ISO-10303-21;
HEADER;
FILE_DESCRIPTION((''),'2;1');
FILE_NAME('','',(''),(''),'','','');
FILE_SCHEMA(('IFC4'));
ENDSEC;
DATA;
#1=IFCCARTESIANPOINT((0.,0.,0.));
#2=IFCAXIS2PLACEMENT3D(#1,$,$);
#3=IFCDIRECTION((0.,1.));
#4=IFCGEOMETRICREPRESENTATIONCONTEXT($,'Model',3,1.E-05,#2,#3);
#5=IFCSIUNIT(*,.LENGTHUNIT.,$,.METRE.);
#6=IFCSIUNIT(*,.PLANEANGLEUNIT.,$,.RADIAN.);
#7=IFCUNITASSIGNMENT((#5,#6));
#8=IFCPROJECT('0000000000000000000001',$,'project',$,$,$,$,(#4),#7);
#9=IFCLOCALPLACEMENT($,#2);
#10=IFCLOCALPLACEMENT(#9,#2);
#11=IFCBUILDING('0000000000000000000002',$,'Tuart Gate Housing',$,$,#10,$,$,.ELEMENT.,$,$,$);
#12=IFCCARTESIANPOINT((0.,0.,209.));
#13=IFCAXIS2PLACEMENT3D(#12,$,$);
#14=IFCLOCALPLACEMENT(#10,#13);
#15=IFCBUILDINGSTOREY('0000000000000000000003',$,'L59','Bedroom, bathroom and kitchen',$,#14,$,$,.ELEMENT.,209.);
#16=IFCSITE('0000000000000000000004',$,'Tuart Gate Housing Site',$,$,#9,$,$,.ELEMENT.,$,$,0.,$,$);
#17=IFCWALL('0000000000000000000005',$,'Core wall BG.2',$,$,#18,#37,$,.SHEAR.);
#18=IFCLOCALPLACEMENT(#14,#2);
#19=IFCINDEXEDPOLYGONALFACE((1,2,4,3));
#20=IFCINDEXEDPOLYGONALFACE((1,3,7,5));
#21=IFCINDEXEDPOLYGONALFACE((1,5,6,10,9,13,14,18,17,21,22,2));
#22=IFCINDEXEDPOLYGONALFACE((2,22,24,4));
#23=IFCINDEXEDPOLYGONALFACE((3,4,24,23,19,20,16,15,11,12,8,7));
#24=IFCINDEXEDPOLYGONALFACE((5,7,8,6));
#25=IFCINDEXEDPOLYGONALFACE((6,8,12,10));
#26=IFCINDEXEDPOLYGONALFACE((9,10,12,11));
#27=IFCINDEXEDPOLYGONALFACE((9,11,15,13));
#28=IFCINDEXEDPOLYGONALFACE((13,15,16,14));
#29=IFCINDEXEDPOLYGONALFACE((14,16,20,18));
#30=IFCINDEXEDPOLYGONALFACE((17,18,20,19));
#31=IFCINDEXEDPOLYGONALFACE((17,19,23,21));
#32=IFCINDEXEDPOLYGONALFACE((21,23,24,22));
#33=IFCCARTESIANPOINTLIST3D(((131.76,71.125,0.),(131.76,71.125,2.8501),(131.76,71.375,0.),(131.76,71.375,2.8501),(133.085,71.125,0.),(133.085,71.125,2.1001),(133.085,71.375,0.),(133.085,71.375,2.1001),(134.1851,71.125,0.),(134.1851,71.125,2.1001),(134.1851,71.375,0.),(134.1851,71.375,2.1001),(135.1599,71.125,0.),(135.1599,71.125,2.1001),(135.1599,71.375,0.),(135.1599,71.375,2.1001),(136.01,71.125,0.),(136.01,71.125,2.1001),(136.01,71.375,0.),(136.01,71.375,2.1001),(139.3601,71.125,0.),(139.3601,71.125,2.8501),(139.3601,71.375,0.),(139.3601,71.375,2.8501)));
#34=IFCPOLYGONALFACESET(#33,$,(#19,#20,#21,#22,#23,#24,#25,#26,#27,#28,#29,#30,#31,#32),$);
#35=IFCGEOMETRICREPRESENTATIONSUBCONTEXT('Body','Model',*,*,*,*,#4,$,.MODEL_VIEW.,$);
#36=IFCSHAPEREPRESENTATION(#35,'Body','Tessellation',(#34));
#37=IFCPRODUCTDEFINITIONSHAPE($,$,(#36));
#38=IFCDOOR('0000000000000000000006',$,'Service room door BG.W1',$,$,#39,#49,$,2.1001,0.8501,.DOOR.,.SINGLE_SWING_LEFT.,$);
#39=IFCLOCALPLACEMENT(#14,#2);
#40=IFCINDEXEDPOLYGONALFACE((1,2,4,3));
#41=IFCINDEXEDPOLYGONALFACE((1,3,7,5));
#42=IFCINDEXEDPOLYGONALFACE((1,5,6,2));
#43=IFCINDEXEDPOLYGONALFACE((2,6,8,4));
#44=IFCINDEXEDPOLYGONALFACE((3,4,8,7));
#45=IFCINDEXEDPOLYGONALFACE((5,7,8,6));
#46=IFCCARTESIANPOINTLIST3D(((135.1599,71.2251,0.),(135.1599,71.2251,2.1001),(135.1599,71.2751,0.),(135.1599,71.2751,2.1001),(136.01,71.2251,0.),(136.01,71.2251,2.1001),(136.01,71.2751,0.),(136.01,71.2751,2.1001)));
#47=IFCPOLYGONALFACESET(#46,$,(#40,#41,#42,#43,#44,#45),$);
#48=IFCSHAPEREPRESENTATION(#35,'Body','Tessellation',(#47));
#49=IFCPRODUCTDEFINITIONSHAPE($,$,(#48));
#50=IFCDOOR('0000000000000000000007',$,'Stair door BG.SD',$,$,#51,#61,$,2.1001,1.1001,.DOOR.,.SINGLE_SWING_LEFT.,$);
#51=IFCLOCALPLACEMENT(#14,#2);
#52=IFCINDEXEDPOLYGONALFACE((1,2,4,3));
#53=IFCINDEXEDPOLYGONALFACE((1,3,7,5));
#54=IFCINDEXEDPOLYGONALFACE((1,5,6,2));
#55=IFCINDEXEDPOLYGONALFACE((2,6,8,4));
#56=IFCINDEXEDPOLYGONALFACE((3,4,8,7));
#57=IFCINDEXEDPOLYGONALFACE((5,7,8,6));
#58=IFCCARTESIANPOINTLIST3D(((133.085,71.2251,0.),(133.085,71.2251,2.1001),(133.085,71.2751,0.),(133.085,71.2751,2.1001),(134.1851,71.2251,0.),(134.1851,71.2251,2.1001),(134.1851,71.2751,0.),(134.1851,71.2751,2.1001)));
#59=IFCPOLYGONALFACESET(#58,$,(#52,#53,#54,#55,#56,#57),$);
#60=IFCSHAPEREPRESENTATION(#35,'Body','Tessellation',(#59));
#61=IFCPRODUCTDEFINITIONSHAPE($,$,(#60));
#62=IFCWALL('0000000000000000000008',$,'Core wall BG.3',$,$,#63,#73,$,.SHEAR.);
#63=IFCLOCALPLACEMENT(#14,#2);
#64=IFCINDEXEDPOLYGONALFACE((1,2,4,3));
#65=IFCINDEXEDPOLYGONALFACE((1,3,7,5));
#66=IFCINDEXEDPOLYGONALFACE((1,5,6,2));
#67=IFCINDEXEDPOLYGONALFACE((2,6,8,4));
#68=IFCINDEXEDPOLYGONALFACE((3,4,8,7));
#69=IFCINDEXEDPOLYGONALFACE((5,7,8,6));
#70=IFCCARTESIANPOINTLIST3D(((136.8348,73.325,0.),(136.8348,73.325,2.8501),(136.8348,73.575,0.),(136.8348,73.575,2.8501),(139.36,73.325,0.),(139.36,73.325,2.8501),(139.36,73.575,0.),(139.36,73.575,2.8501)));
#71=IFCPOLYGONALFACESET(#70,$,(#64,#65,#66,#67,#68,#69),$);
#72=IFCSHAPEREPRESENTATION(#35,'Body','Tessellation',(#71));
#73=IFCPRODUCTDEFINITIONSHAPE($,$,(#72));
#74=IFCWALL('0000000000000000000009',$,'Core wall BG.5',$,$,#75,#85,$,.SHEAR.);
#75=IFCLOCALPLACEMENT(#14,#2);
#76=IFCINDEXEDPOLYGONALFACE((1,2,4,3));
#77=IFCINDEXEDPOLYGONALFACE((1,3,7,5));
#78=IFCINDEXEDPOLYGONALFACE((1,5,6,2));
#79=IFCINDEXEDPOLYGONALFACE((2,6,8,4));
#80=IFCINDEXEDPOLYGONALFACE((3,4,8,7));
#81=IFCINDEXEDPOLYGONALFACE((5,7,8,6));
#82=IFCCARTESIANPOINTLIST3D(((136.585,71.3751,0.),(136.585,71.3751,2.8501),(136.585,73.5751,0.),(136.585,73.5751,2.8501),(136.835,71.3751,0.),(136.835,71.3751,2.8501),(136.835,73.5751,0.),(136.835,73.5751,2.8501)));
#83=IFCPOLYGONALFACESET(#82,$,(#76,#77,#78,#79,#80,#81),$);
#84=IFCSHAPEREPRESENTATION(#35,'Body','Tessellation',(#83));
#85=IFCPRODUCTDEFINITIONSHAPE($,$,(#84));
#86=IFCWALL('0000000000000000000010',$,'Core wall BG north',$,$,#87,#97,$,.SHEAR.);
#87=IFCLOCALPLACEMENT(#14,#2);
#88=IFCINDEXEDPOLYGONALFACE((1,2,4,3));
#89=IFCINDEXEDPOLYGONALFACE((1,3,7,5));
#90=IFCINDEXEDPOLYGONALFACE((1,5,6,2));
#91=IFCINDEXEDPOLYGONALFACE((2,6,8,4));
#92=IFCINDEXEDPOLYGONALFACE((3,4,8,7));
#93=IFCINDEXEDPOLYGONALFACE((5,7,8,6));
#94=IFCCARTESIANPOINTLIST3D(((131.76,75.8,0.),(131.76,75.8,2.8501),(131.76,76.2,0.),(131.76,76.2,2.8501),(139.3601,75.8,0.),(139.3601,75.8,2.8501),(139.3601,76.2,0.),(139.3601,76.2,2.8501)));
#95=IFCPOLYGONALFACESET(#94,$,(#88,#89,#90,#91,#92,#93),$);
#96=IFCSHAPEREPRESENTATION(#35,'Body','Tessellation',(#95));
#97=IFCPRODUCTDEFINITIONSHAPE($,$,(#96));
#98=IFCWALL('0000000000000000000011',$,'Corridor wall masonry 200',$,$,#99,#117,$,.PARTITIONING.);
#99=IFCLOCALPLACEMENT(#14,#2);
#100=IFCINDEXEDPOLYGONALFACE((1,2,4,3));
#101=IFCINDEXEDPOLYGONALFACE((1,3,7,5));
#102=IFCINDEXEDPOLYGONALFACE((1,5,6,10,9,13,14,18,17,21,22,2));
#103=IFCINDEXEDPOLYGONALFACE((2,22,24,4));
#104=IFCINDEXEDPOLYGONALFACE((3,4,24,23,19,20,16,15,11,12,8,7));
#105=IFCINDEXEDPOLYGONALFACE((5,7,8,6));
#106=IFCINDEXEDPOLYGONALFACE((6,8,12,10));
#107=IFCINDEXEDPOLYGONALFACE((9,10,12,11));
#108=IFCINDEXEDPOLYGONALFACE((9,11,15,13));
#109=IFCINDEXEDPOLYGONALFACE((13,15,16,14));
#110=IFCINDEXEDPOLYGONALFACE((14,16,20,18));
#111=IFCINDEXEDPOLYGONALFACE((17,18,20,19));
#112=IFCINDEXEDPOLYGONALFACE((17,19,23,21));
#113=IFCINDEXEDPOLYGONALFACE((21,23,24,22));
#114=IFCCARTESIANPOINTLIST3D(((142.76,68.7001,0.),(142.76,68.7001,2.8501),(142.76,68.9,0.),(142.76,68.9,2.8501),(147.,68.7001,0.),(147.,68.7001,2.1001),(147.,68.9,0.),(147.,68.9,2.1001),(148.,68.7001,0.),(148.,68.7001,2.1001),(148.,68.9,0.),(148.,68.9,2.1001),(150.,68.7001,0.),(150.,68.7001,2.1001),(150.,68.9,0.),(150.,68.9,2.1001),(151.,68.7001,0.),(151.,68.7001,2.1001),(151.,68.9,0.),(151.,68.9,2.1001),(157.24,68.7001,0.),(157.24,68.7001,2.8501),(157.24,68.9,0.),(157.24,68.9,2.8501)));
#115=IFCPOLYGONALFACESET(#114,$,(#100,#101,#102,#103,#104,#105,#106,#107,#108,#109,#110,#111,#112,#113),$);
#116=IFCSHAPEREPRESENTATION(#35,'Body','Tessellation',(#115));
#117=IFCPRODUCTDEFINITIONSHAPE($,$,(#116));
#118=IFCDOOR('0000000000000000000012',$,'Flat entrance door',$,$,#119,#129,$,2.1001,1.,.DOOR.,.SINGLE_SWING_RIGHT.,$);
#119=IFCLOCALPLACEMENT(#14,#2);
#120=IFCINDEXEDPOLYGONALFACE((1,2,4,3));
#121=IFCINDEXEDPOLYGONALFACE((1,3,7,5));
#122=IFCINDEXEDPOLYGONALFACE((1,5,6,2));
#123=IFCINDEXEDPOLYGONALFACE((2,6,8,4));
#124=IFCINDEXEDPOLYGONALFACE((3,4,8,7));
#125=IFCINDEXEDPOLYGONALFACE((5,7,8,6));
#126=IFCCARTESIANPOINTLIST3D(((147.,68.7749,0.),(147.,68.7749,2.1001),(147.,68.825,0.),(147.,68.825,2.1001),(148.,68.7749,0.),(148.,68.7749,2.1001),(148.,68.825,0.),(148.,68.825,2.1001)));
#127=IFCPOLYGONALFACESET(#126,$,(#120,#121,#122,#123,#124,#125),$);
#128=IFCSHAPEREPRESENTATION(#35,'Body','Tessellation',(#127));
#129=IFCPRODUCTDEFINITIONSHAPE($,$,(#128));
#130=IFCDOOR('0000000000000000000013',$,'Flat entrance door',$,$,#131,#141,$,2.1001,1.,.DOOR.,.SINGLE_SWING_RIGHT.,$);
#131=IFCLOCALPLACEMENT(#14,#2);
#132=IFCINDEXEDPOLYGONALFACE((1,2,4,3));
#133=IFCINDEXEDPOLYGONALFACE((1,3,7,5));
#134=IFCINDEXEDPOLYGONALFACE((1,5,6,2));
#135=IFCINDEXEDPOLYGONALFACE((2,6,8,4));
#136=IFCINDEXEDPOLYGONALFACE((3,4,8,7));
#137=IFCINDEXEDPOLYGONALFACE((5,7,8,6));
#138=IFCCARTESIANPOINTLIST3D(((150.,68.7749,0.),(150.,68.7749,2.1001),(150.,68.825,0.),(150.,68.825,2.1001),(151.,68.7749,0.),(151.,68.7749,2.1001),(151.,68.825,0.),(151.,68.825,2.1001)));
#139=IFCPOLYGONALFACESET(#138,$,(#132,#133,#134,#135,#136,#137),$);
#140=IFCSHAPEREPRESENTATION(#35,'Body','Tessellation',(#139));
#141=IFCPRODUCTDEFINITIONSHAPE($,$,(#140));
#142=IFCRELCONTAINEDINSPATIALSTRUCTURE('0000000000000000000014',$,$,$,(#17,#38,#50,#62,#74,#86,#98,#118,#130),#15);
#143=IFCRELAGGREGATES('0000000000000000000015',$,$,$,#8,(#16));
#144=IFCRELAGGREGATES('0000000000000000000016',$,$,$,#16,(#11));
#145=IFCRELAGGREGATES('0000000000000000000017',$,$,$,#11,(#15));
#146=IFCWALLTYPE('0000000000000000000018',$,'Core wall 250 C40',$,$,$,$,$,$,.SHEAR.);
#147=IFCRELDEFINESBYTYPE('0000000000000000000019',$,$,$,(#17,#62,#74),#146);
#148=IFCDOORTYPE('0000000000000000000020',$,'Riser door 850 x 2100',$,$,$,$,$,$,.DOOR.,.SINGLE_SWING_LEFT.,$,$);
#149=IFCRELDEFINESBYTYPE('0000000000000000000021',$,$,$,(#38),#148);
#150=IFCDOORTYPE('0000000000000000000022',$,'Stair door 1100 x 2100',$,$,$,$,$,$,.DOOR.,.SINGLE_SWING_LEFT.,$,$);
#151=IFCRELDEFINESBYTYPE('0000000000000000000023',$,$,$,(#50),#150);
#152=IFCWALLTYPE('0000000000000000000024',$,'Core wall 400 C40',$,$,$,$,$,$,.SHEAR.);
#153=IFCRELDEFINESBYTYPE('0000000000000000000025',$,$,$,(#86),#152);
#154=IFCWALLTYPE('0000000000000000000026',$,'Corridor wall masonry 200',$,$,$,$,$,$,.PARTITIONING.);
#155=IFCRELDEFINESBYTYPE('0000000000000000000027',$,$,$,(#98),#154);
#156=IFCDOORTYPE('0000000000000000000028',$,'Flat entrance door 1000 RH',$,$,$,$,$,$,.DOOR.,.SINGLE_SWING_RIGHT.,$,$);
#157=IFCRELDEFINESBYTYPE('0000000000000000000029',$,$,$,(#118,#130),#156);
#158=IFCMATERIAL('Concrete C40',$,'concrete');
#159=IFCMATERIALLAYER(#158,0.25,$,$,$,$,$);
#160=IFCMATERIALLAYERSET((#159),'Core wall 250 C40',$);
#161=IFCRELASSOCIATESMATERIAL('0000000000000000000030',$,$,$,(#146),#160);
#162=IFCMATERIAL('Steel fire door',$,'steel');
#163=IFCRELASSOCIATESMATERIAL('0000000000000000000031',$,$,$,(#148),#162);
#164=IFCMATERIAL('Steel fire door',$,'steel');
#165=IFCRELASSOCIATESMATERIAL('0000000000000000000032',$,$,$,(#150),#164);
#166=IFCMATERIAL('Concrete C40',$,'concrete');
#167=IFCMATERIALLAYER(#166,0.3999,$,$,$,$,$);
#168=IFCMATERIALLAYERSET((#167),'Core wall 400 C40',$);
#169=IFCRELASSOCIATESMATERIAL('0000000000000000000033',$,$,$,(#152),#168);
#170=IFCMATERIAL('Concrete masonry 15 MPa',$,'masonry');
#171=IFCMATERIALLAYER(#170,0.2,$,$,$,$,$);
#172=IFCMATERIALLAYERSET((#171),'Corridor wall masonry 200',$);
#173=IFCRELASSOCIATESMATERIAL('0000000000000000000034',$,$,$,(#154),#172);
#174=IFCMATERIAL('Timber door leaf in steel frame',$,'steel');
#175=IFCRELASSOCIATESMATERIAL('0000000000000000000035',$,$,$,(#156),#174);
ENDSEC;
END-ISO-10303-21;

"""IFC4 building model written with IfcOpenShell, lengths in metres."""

from ifc_helpers import new_model, si_unit, direction, frame, frame_2d, origin, place, context, subcontext, project, spatial, rectangle, extrude, material, layer, layer_set, type_object, element, fill, save


model = new_model("IFC4")

# Units and contexts
model_context = context("Model", 3, precision=1e-05, world=origin(), true_north=direction((0.0, 1.0)))
body_context = subcontext(model_context, "Body", "Model", "MODEL_VIEW")
ifc_project = project(units=[si_unit("LENGTHUNIT", "METRE"), si_unit("PLANEANGLEUNIT", "RADIAN")], contexts=[model_context])

# Site, building, storey
site_placement = place(None, origin())
site = spatial("IfcSite", under=ifc_project, at=site_placement, Name="Tuart Gate Housing Site", CompositionType="ELEMENT", RefElevation=0.0)
building_placement = place(site_placement, origin())
building = spatial("IfcBuilding", under=site, at=building_placement, Name="Tuart Gate Housing", CompositionType="ELEMENT")
storey_placement = place(building_placement, frame((0.0, 0.0, 209.0)))
storey = spatial("IfcBuildingStorey", under=building, at=storey_placement, Name="L59", Description="Bedroom, bathroom and kitchen", CompositionType="ELEMENT", Elevation=209.0)

# Wall, openings, doors
ifc_material_1 = material(Name="Concrete C40", Category="concrete")
ifc_layer_1 = layer(ifc_material_1, 0.25)
ifc_layer_set_1 = layer_set([ifc_layer_1], Name="Core wall 250 C40")
wall_type_1 = type_object("IfcWallType", Name="Core wall 250 C40", PredefinedType="SHEAR", material=ifc_layer_set_1)
wall_1_placement = place(storey_placement, frame((139.3601, 71.25, 0.0), z_axis=(0.0, 0.0, 1.0), x_axis=(-1.0, 0.0, 0.0)))
wall_1 = element("IfcWall", 1, at=wall_1_placement, inside=storey, type_object=wall_type_1, Name="Core wall BG.2", PredefinedType="SHEAR", context=body_context, shape_type="SweptSolid", body=[
    extrude(rectangle(XDim=7.6001, YDim=0.25, at=frame_2d((3.8, 0.0))), origin(), (0.0, 0.0, 1.0), 2.8501),
])
opening_1_placement = place(wall_1_placement, frame((5.175, 0.0, 0.0)))
opening_1 = element("IfcOpeningElement", 2, at=opening_1_placement, cuts=wall_1, PredefinedType="OPENING", context=body_context, shape_type="SweptSolid", body=[
    extrude(rectangle(XDim=1.1001, YDim=2.1001, at=frame_2d((0.55, 1.05))), frame((0.0, 0.135, 0.0), z_axis=(0.0, -1.0, 0.0), x_axis=(1.0, 0.0, 0.0)), (0.0, 0.0, 1.0), 0.27),
])
opening_2_placement = place(wall_1_placement, frame((3.3501, 0.0, 0.0)))
opening_2 = element("IfcOpeningElement", 3, at=opening_2_placement, cuts=wall_1, PredefinedType="OPENING", context=body_context, shape_type="SweptSolid", body=[
    extrude(rectangle(XDim=0.8501, YDim=2.1001, at=frame_2d((0.425, 1.05))), frame((0.0, 0.135, 0.0), z_axis=(0.0, -1.0, 0.0), x_axis=(1.0, 0.0, 0.0)), (0.0, 0.0, 1.0), 0.27),
])
ifc_material_2 = material(Name="Steel fire door", Category="steel")
door_type_1 = type_object("IfcDoorType", Name="Riser door 850 x 2100", OperationType="SINGLE_SWING_LEFT", PredefinedType="DOOR", material=ifc_material_2)
door_1_placement = place(opening_2_placement, origin())
door_1 = element("IfcDoor", 4, at=door_1_placement, inside=storey, type_object=door_type_1, Name="Service room door BG.W1", OperationType="SINGLE_SWING_LEFT", OverallHeight=2.1001, OverallWidth=0.8501, PredefinedType="DOOR", context=body_context, shape_type="SweptSolid", body=[
    extrude(rectangle(XDim=0.8501, YDim=2.1001, at=frame_2d((0.425, 1.05))), frame((0.0, 0.0249, 0.0), z_axis=(0.0, -1.0, 0.0), x_axis=(1.0, 0.0, 0.0)), (0.0, 0.0, 1.0), 0.05),
])
fill(opening_2, door_1)
ifc_material_3 = material(Name="Steel fire door", Category="steel")
door_type_2 = type_object("IfcDoorType", Name="Stair door 1100 x 2100", OperationType="SINGLE_SWING_LEFT", PredefinedType="DOOR", material=ifc_material_3)
door_2_placement = place(opening_1_placement, origin())
door_2 = element("IfcDoor", 5, at=door_2_placement, inside=storey, type_object=door_type_2, Name="Stair door BG.SD", OperationType="SINGLE_SWING_LEFT", OverallHeight=2.1001, OverallWidth=1.1001, PredefinedType="DOOR", context=body_context, shape_type="SweptSolid", body=[
    extrude(rectangle(XDim=1.1001, YDim=2.1001, at=frame_2d((0.55, 1.05))), frame((0.0, 0.0249, 0.0), z_axis=(0.0, -1.0, 0.0), x_axis=(1.0, 0.0, 0.0)), (0.0, 0.0, 1.0), 0.05),
])
fill(opening_1, door_2)

# Walls
wall_2_placement = place(storey_placement, frame((139.3601, 73.45, 0.0), z_axis=(0.0, 0.0, 1.0), x_axis=(-1.0, 0.0, 0.0)))
element("IfcWall", 6, at=wall_2_placement, inside=storey, type_object=wall_type_1, Name="Core wall BG.3", PredefinedType="SHEAR", context=body_context, shape_type="SweptSolid", body=[
    extrude(rectangle(XDim=2.5251, YDim=0.25, at=frame_2d((1.2627, 0.0))), origin(), (0.0, 0.0, 1.0), 2.8501),
])
wall_3_placement = place(storey_placement, frame((136.71, 71.375, 0.0), z_axis=(0.0, 0.0, 1.0), x_axis=(0.0, 1.0, 0.0)))
element("IfcWall", 7, at=wall_3_placement, inside=storey, type_object=wall_type_1, Name="Core wall BG.5", PredefinedType="SHEAR", context=body_context, shape_type="SweptSolid", body=[
    extrude(rectangle(XDim=2.2, YDim=0.25, at=frame_2d((1.1001, 0.0))), origin(), (0.0, 0.0, 1.0), 2.8501),
])
ifc_material_4 = material(Name="Concrete C40", Category="concrete")
ifc_layer_2 = layer(ifc_material_4, 0.3999)
ifc_layer_set_2 = layer_set([ifc_layer_2], Name="Core wall 400 C40")
wall_type_2 = type_object("IfcWallType", Name="Core wall 400 C40", PredefinedType="SHEAR", material=ifc_layer_set_2)
wall_4_placement = place(storey_placement, frame((139.3601, 76.0, 0.0), z_axis=(0.0, 0.0, 1.0), x_axis=(-1.0, 0.0, 0.0)))
element("IfcWall", 8, at=wall_4_placement, inside=storey, type_object=wall_type_2, Name="Core wall BG north", PredefinedType="SHEAR", context=body_context, shape_type="SweptSolid", body=[
    extrude(rectangle(XDim=7.6001, YDim=0.3999, at=frame_2d((3.8, 0.0))), origin(), (0.0, 0.0, 1.0), 2.8501),
])

# Wall, openings, doors
ifc_material_5 = material(Name="Concrete masonry 15 MPa", Category="masonry")
ifc_layer_3 = layer(ifc_material_5, 0.2)
ifc_layer_set_3 = layer_set([ifc_layer_3], Name="Corridor wall masonry 200")
wall_type_3 = type_object("IfcWallType", Name="Corridor wall masonry 200", PredefinedType="PARTITIONING", material=ifc_layer_set_3)
wall_5_placement = place(storey_placement, frame((142.76, 68.8, 0.0), z_axis=(0.0, 0.0, 1.0), x_axis=(1.0, 0.0, 0.0)))
wall_5 = element("IfcWall", 9, at=wall_5_placement, inside=storey, type_object=wall_type_3, Name="Corridor wall masonry 200", PredefinedType="PARTITIONING", context=body_context, shape_type="SweptSolid", body=[
    extrude(rectangle(XDim=14.48, YDim=0.2, at=frame_2d((7.24, 0.0))), origin(), (0.0, 0.0, 1.0), 2.8501),
])
opening_3_placement = place(wall_5_placement, frame((4.24, 0.0, 0.0)))
opening_3 = element("IfcOpeningElement", 10, at=opening_3_placement, cuts=wall_5, PredefinedType="OPENING", context=body_context, shape_type="SweptSolid", body=[
    extrude(rectangle(XDim=1.0, YDim=2.1001, at=frame_2d((0.5, 1.05))), frame((0.0, 0.1099, 0.0), z_axis=(0.0, -1.0, 0.0), x_axis=(1.0, 0.0, 0.0)), (0.0, 0.0, 1.0), 0.22),
])
opening_4_placement = place(wall_5_placement, frame((7.24, 0.0, 0.0)))
opening_4 = element("IfcOpeningElement", 11, at=opening_4_placement, cuts=wall_5, PredefinedType="OPENING", context=body_context, shape_type="SweptSolid", body=[
    extrude(rectangle(XDim=1.0, YDim=2.1001, at=frame_2d((0.5, 1.05))), frame((0.0, 0.1099, 0.0), z_axis=(0.0, -1.0, 0.0), x_axis=(1.0, 0.0, 0.0)), (0.0, 0.0, 1.0), 0.22),
])
ifc_material_6 = material(Name="Timber door leaf in steel frame", Category="steel")
door_type_3 = type_object("IfcDoorType", Name="Flat entrance door 1000 RH", OperationType="SINGLE_SWING_RIGHT", PredefinedType="DOOR", material=ifc_material_6)
door_3_placement = place(opening_3_placement, frame((1.0, 0.0, 0.0), z_axis=(0.0, 0.0, 1.0), x_axis=(-1.0, 0.0, 0.0)))
door_3 = element("IfcDoor", 12, at=door_3_placement, inside=storey, type_object=door_type_3, Name="Flat entrance door", OperationType="SINGLE_SWING_RIGHT", OverallHeight=2.1001, OverallWidth=1.0, PredefinedType="DOOR", context=body_context, shape_type="SweptSolid", body=[
    extrude(rectangle(XDim=1.0, YDim=2.1001, at=frame_2d((0.5, 1.05))), frame((0.0, 0.0251, 0.0), z_axis=(0.0, -1.0, 0.0), x_axis=(1.0, 0.0, 0.0)), (0.0, 0.0, 1.0), 0.05),
])
fill(opening_3, door_3)
door_4_placement = place(opening_4_placement, frame((1.0, 0.0, 0.0), z_axis=(0.0, 0.0, 1.0), x_axis=(-1.0, 0.0, 0.0)))
door_4 = element("IfcDoor", 13, at=door_4_placement, inside=storey, type_object=door_type_3, Name="Flat entrance door", OperationType="SINGLE_SWING_RIGHT", OverallHeight=2.1001, OverallWidth=1.0, PredefinedType="DOOR", context=body_context, shape_type="SweptSolid", body=[
    extrude(rectangle(XDim=1.0, YDim=2.1001, at=frame_2d((0.5, 1.05))), frame((0.0, 0.0251, 0.0), z_axis=(0.0, -1.0, 0.0), x_axis=(1.0, 0.0, 0.0)), (0.0, 0.0, 1.0), 0.05),
])
fill(opening_4, door_4)

save(model, "model.ifc")
